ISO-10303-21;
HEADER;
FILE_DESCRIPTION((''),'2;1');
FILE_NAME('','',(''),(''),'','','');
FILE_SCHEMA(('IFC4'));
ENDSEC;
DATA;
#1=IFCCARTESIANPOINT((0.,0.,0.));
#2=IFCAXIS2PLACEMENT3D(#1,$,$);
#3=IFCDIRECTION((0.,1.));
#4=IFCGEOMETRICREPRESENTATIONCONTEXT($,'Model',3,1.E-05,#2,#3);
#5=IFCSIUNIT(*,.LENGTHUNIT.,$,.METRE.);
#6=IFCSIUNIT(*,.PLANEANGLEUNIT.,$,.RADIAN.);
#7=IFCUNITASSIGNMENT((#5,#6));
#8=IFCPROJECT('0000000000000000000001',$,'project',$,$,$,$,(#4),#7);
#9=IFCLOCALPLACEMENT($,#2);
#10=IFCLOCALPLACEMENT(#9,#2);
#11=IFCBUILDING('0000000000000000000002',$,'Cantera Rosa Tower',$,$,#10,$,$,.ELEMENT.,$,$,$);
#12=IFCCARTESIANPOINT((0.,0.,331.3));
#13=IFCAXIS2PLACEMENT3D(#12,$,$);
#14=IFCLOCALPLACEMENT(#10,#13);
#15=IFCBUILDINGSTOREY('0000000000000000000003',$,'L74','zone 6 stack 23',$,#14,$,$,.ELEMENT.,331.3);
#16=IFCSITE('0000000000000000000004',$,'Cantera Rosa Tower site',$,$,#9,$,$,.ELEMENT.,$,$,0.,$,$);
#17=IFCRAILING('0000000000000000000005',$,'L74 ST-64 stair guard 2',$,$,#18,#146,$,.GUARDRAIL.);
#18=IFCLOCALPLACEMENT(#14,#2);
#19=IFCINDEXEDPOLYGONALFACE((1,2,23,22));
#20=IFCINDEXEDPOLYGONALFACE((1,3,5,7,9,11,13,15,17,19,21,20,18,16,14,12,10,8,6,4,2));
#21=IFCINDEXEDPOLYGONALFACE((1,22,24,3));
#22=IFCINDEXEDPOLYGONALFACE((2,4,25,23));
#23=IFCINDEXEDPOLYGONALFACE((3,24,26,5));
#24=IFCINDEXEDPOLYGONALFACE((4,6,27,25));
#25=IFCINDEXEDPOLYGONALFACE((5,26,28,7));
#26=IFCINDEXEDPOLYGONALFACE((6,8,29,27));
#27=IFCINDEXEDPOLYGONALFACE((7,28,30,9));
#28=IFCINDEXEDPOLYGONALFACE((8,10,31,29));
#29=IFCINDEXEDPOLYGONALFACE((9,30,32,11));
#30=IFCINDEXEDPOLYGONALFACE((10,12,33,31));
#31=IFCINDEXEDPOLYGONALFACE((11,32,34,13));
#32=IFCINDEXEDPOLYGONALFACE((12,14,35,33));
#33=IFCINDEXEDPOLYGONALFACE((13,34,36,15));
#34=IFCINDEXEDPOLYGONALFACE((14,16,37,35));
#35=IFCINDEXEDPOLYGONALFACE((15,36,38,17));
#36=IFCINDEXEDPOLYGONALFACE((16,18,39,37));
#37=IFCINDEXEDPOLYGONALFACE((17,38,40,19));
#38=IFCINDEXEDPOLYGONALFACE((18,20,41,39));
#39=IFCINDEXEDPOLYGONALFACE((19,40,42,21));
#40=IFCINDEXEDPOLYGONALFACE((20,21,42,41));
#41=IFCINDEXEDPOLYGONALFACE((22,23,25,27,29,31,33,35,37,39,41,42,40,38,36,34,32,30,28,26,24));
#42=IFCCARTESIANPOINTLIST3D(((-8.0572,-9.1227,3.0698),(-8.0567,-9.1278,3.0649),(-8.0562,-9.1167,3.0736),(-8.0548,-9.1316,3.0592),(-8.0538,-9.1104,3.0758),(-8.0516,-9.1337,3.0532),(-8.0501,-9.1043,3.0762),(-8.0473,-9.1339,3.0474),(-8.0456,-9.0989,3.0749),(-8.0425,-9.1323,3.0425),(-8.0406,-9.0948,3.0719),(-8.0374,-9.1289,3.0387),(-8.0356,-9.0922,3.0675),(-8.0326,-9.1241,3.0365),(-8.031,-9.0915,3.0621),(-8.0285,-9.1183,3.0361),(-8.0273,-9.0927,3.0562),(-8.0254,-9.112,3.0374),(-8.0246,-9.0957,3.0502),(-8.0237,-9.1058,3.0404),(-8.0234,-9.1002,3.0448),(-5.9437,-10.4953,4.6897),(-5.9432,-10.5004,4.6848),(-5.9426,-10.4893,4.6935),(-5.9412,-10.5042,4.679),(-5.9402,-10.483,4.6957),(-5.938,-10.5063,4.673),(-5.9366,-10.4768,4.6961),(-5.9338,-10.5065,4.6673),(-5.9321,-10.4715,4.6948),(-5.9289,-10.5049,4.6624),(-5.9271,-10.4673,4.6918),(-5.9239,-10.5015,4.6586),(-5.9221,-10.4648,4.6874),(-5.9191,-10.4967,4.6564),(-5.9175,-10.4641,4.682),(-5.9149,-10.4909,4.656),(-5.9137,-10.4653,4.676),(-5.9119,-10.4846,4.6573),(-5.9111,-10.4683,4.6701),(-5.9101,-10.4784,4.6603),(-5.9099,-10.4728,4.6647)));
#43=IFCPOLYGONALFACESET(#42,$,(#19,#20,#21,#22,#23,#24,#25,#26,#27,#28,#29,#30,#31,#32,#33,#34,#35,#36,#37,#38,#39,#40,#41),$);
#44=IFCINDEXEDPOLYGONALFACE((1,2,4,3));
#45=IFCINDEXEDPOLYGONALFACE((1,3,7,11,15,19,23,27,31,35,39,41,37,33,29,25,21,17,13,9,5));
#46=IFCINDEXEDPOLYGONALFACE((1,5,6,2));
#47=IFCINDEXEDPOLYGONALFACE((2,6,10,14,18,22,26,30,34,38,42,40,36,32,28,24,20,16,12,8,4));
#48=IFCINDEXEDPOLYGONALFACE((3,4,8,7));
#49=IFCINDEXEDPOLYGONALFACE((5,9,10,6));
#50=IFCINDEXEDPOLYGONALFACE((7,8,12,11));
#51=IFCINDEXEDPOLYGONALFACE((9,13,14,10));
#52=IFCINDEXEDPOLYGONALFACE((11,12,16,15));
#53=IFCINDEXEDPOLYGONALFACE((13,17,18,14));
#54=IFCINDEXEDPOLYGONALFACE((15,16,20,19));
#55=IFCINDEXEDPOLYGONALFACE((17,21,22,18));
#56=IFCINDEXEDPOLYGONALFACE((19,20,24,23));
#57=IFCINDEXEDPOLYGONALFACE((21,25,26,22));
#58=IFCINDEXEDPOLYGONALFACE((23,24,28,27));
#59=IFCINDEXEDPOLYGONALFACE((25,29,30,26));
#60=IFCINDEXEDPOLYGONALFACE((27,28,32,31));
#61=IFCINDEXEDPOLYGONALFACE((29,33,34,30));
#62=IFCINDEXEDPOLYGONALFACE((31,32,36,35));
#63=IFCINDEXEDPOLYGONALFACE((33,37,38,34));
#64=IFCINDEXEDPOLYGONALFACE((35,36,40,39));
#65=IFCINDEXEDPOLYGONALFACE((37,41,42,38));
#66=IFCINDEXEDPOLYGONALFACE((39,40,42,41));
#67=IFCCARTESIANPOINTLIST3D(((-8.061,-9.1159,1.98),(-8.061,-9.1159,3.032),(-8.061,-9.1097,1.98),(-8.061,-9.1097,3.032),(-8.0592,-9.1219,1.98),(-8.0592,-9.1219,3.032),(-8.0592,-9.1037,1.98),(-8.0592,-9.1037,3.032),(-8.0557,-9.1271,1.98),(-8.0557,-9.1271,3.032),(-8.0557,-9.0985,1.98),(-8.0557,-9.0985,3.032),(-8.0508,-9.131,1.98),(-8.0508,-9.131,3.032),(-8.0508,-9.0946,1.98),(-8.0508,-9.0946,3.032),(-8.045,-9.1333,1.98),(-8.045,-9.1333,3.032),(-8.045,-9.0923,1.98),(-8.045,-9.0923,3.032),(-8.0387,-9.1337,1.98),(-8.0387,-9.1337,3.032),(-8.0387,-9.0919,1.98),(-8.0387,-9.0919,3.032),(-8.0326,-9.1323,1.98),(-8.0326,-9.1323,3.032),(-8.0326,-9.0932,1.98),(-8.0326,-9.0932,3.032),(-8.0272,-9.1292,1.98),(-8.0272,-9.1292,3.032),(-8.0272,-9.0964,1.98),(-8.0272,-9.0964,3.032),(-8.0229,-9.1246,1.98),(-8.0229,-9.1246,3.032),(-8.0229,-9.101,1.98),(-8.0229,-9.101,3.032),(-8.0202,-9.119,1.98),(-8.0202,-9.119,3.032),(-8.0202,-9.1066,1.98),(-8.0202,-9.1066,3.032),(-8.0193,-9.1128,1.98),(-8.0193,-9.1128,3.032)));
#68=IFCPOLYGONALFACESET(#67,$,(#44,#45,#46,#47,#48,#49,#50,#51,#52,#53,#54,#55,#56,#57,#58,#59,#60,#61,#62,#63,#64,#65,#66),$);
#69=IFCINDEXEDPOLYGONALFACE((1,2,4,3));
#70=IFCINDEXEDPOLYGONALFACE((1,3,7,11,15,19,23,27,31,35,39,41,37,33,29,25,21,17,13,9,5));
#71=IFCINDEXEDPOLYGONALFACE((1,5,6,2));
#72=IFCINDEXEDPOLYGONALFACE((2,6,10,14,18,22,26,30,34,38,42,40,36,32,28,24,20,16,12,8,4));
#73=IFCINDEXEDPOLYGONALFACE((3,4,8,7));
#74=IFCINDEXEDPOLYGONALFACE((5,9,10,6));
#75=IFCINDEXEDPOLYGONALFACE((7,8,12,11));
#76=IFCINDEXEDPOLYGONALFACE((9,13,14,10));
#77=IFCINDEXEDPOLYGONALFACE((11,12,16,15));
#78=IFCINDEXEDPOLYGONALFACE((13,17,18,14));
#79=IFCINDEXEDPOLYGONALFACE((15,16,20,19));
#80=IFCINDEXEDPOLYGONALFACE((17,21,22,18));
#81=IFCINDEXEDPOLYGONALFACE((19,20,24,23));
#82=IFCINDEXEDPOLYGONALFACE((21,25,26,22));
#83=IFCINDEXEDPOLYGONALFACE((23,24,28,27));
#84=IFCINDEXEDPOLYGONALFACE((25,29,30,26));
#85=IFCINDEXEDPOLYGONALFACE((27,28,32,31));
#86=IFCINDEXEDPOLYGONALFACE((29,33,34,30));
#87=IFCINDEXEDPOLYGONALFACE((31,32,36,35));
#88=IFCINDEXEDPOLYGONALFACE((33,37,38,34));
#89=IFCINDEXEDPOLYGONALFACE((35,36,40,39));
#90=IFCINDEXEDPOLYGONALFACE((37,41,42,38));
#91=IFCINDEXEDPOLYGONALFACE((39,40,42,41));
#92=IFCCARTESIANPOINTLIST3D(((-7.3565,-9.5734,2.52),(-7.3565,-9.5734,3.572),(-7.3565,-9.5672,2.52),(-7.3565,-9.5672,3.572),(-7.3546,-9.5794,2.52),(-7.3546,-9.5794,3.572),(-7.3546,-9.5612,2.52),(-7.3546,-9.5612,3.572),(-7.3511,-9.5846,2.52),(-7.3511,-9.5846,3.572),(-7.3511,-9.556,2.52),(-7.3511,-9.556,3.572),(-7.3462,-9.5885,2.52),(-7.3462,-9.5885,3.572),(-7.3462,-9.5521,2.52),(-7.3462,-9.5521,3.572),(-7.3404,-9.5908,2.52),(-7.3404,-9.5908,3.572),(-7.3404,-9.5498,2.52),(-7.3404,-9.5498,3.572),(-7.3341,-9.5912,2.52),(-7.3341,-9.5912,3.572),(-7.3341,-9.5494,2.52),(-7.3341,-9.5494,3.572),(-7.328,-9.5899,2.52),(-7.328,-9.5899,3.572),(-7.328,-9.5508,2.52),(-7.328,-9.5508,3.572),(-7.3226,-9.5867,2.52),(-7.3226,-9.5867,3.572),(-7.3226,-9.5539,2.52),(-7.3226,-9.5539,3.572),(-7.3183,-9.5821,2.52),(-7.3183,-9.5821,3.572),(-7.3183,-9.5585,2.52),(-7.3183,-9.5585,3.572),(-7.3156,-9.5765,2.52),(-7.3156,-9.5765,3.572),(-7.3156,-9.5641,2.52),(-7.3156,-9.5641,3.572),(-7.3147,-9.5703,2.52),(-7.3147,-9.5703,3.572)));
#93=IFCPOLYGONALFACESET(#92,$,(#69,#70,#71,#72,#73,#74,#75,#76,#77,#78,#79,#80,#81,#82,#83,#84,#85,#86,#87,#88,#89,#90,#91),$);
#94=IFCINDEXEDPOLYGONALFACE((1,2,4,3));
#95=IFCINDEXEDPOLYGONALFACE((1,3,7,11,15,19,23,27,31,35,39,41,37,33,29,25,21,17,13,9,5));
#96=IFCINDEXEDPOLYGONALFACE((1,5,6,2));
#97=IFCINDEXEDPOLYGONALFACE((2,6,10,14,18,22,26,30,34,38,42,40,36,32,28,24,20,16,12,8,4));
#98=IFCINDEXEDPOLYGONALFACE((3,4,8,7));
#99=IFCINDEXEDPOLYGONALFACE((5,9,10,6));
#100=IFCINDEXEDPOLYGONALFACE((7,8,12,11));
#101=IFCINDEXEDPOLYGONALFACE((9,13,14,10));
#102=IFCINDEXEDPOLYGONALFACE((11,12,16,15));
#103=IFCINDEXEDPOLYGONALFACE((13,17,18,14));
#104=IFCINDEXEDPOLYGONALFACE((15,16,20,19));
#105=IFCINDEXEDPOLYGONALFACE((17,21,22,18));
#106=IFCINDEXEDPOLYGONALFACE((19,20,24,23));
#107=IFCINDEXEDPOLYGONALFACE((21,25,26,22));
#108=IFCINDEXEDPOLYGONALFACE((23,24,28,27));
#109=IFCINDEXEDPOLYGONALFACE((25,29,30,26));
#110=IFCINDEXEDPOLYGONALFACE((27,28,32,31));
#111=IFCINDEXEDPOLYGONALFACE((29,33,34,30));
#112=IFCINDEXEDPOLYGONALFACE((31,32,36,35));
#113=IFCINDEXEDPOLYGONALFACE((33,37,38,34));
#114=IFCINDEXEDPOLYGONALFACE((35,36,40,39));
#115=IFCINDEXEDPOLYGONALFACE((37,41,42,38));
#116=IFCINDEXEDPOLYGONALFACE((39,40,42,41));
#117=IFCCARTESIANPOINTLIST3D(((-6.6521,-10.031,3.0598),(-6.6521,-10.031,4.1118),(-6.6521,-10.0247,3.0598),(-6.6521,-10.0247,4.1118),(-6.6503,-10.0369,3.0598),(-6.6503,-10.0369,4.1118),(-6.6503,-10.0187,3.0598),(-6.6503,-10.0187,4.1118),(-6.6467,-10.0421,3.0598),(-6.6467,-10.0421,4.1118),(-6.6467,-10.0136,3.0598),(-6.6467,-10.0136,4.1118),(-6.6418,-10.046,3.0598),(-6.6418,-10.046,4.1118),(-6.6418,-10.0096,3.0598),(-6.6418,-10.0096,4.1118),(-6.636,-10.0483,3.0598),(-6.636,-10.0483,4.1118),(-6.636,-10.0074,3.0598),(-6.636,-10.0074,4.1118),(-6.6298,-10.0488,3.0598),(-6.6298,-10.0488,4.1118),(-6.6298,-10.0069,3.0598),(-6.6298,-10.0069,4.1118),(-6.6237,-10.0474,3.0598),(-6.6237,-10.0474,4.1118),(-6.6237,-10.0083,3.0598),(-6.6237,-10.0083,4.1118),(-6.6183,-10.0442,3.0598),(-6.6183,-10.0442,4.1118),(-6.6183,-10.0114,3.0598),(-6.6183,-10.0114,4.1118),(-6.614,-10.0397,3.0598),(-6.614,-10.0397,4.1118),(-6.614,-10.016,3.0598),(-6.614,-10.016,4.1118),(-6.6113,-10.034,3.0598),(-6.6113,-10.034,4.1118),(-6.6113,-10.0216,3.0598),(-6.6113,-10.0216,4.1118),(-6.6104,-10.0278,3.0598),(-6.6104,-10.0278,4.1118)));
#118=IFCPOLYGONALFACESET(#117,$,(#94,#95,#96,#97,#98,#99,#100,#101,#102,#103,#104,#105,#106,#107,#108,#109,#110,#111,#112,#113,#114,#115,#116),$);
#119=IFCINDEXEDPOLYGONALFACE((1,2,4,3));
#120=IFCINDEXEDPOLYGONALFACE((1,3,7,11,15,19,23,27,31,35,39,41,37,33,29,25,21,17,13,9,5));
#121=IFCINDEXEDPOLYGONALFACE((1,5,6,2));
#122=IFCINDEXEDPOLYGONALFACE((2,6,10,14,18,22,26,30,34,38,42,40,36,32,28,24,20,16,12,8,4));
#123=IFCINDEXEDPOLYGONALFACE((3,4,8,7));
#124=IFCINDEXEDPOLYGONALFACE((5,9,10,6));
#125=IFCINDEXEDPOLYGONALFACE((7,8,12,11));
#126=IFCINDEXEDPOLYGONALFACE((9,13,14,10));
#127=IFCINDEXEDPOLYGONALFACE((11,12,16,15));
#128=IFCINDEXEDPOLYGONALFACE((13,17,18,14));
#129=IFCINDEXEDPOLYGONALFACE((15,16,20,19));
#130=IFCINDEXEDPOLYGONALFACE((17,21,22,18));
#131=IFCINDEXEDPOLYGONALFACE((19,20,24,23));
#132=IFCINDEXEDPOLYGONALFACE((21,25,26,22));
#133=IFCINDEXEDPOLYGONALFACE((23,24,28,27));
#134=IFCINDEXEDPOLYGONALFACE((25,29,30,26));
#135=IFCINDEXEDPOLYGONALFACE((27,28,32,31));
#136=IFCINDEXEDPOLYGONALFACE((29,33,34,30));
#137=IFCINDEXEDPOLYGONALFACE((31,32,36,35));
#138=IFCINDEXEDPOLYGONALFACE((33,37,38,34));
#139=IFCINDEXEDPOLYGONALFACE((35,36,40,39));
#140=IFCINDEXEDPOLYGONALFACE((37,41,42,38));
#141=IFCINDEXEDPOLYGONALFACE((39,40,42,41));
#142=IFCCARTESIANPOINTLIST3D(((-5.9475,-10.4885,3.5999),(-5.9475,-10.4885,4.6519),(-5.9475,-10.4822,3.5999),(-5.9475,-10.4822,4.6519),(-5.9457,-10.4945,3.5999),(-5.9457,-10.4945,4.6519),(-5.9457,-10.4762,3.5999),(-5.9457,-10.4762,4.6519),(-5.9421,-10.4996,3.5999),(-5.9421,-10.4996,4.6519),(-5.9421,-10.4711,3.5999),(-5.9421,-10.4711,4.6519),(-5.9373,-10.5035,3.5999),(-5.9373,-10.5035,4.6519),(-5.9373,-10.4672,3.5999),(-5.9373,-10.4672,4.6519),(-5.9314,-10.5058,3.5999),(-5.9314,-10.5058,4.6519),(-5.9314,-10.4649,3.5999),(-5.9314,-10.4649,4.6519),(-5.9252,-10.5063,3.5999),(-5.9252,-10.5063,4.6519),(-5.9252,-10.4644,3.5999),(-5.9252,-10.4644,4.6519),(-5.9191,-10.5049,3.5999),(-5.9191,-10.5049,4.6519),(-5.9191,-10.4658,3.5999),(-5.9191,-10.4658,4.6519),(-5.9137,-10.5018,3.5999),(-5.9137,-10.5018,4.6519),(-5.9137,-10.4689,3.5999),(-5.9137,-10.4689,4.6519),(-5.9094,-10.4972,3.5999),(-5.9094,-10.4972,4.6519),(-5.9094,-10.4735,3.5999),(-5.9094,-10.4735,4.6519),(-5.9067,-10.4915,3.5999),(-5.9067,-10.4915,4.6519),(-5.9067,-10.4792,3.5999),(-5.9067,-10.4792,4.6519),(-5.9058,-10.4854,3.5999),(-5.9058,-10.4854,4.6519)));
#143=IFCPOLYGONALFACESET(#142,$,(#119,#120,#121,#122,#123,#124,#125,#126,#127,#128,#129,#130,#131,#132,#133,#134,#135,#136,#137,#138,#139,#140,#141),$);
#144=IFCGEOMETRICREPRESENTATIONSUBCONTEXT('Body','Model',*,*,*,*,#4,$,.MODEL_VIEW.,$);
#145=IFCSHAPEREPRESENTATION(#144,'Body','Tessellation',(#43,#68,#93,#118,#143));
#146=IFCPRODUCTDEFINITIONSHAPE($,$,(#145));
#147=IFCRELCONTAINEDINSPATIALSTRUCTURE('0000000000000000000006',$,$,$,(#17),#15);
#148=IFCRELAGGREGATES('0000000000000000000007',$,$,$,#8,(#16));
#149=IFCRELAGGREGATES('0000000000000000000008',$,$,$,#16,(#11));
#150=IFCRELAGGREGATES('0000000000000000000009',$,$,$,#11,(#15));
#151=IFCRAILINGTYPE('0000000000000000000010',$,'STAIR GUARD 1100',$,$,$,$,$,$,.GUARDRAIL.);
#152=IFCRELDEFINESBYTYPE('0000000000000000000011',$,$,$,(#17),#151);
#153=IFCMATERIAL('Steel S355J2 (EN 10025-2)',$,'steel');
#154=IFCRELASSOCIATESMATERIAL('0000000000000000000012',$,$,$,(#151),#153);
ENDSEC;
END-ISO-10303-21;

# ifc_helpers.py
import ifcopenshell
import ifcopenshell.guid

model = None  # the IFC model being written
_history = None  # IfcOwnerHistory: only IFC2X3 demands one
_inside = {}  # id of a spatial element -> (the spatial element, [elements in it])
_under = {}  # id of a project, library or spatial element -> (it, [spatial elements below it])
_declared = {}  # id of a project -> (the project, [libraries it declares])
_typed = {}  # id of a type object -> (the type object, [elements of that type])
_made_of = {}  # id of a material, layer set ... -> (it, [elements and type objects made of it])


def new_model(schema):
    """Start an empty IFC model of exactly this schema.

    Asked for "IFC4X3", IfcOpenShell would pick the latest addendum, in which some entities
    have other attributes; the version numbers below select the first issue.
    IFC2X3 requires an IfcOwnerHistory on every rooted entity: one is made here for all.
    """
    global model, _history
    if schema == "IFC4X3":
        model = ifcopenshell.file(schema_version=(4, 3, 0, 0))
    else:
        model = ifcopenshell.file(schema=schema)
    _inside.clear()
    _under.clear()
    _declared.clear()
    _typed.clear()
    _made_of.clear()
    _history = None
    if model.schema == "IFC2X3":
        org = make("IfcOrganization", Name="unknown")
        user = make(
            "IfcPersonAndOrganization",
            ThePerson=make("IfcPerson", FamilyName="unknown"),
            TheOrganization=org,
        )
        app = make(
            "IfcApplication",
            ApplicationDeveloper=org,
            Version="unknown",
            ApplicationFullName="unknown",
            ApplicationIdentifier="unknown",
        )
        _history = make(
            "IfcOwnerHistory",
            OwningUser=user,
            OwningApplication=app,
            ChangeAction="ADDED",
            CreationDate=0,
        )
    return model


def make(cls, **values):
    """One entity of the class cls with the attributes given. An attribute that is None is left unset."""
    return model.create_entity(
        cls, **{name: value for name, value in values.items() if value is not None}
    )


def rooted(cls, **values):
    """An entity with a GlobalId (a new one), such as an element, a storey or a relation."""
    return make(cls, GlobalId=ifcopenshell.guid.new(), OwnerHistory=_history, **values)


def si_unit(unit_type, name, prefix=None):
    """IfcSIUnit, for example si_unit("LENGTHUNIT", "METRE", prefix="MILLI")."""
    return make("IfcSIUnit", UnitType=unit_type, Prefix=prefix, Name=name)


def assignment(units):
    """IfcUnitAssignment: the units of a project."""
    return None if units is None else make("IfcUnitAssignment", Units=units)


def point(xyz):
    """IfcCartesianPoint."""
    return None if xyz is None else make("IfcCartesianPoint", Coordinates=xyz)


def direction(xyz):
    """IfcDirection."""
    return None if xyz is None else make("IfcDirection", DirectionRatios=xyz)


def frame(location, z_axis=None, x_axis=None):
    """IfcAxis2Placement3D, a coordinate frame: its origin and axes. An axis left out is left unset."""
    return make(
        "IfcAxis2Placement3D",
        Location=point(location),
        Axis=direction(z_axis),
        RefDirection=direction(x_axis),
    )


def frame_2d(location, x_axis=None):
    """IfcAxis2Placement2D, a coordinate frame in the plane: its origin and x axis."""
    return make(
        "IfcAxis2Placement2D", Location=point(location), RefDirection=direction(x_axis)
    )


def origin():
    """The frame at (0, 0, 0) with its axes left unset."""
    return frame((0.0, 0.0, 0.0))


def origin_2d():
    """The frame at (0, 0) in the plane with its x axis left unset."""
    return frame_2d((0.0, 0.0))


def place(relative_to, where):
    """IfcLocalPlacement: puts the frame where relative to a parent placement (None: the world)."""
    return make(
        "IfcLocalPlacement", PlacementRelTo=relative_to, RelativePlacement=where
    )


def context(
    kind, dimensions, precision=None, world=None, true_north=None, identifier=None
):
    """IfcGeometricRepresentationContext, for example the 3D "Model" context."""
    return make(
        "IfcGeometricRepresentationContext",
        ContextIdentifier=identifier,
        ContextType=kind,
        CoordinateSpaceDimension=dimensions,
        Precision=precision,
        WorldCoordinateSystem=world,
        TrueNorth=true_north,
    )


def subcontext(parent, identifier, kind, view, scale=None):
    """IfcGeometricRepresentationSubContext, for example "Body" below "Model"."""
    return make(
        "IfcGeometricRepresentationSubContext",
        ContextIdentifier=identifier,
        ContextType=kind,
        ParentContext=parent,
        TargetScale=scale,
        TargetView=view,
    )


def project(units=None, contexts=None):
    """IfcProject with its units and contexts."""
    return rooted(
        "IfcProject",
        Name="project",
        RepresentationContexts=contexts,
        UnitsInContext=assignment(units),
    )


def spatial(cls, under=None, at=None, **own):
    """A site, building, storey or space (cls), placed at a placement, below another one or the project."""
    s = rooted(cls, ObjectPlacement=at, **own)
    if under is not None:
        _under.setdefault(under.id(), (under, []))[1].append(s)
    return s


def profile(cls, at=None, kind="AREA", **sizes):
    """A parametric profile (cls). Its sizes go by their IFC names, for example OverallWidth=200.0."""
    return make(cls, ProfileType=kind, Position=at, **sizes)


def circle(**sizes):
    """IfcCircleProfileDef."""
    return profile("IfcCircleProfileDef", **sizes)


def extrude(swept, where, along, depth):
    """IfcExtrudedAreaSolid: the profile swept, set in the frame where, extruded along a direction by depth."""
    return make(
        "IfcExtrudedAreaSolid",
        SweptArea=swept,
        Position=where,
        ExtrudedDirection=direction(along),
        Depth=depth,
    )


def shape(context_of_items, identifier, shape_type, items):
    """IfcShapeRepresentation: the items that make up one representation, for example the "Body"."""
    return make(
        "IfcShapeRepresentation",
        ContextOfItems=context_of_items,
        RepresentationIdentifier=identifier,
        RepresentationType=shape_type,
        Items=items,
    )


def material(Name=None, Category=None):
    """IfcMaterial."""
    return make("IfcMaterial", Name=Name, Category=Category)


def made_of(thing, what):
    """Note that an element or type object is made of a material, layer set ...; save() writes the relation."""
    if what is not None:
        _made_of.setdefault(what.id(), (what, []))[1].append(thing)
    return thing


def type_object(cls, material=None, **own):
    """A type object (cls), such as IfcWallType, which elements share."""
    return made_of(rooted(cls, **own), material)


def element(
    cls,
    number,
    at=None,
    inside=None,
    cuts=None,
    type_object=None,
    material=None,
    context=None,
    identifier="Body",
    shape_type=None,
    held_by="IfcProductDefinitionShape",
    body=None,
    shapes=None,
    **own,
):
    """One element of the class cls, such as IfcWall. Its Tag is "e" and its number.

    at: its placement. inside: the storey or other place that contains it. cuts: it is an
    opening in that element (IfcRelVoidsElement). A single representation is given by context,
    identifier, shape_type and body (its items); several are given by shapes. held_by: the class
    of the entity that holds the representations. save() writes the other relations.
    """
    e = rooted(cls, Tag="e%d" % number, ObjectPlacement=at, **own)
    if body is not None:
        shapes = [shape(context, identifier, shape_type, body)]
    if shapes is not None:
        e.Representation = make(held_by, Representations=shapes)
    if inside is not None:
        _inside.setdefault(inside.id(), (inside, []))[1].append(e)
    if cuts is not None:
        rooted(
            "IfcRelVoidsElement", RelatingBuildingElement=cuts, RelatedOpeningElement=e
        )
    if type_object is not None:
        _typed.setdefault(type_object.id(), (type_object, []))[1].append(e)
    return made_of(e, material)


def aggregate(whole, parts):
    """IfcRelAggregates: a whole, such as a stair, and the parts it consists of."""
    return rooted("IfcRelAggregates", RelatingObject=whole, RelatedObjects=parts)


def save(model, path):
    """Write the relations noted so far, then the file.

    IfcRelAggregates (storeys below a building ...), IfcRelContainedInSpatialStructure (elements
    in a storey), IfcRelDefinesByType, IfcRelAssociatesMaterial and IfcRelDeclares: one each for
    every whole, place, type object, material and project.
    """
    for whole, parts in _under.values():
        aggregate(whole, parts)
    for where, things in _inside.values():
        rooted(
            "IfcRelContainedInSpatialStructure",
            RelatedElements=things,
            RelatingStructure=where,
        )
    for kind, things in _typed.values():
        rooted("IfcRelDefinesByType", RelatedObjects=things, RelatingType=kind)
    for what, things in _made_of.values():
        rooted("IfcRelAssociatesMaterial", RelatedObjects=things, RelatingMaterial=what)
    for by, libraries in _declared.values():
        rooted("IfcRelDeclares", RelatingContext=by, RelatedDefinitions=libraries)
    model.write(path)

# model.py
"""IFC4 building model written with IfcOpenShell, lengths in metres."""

from ifc_helpers import new_model, si_unit, direction, frame, origin, origin_2d, place, context, subcontext, project, spatial, circle, extrude, material, type_object, element, save


model = new_model("IFC4")

# Units and contexts
model_context = context("Model", 3, precision=1e-05, world=origin(), true_north=direction((0.0, 1.0)))
body_context = subcontext(model_context, "Body", "Model", "MODEL_VIEW")
ifc_project = project(units=[si_unit("LENGTHUNIT", "METRE"), si_unit("PLANEANGLEUNIT", "RADIAN")], contexts=[model_context])

# Site, building, storey
site_placement = place(None, origin())
site = spatial("IfcSite", under=ifc_project, at=site_placement, Name="Cantera Rosa Tower site", CompositionType="ELEMENT", RefElevation=0.0)
building_placement = place(site_placement, origin())
building = spatial("IfcBuilding", under=site, at=building_placement, Name="Cantera Rosa Tower", CompositionType="ELEMENT")
storey_placement = place(building_placement, frame((0.0, 0.0, 331.3)))
storey = spatial("IfcBuildingStorey", under=building, at=storey_placement, Name="L74", Description="zone 6 stack 23", CompositionType="ELEMENT", Elevation=331.3)

# Railing
ifc_material_1 = material(Name="Steel S355J2 (EN 10025-2)", Category="steel")
railing_type_1 = type_object("IfcRailingType", Name="STAIR GUARD 1100", PredefinedType="GUARDRAIL", material=ifc_material_1)
railing_1_placement = place(storey_placement, frame((-8.0403, -9.1128, 1.98)))
element("IfcRailing", 1, at=railing_1_placement, inside=storey, type_object=railing_type_1, Name="L74 ST-64 stair guard 2", PredefinedType="GUARDRAIL", context=body_context, shape_type="SweptSolid", body=[
    extrude(circle(Radius=0.0239, at=origin_2d()), frame((0.0, 0.0, 1.0762), z_axis=(0.705493, -0.458159, 0.540712), x_axis=(0.544644, 0.838667, 0.0)), (0.0, 0.0, 1.0), 2.9958),
    extrude(circle(Radius=0.021, at=origin_2d()), origin(), (0.0, 0.0, 1.0), 1.052),
    extrude(circle(Radius=0.021, at=origin_2d()), frame((0.7046, -0.4575, 0.54)), (0.0, 0.0, 1.0), 1.052),
    extrude(circle(Radius=0.021, at=origin_2d()), frame((1.4089, -0.915, 1.0798)), (0.0, 0.0, 1.0), 1.052),
    extrude(circle(Radius=0.021, at=origin_2d()), frame((2.1135, -1.3726, 1.6199)), (0.0, 0.0, 1.0), 1.052),
])

save(model, "model.ifc")
